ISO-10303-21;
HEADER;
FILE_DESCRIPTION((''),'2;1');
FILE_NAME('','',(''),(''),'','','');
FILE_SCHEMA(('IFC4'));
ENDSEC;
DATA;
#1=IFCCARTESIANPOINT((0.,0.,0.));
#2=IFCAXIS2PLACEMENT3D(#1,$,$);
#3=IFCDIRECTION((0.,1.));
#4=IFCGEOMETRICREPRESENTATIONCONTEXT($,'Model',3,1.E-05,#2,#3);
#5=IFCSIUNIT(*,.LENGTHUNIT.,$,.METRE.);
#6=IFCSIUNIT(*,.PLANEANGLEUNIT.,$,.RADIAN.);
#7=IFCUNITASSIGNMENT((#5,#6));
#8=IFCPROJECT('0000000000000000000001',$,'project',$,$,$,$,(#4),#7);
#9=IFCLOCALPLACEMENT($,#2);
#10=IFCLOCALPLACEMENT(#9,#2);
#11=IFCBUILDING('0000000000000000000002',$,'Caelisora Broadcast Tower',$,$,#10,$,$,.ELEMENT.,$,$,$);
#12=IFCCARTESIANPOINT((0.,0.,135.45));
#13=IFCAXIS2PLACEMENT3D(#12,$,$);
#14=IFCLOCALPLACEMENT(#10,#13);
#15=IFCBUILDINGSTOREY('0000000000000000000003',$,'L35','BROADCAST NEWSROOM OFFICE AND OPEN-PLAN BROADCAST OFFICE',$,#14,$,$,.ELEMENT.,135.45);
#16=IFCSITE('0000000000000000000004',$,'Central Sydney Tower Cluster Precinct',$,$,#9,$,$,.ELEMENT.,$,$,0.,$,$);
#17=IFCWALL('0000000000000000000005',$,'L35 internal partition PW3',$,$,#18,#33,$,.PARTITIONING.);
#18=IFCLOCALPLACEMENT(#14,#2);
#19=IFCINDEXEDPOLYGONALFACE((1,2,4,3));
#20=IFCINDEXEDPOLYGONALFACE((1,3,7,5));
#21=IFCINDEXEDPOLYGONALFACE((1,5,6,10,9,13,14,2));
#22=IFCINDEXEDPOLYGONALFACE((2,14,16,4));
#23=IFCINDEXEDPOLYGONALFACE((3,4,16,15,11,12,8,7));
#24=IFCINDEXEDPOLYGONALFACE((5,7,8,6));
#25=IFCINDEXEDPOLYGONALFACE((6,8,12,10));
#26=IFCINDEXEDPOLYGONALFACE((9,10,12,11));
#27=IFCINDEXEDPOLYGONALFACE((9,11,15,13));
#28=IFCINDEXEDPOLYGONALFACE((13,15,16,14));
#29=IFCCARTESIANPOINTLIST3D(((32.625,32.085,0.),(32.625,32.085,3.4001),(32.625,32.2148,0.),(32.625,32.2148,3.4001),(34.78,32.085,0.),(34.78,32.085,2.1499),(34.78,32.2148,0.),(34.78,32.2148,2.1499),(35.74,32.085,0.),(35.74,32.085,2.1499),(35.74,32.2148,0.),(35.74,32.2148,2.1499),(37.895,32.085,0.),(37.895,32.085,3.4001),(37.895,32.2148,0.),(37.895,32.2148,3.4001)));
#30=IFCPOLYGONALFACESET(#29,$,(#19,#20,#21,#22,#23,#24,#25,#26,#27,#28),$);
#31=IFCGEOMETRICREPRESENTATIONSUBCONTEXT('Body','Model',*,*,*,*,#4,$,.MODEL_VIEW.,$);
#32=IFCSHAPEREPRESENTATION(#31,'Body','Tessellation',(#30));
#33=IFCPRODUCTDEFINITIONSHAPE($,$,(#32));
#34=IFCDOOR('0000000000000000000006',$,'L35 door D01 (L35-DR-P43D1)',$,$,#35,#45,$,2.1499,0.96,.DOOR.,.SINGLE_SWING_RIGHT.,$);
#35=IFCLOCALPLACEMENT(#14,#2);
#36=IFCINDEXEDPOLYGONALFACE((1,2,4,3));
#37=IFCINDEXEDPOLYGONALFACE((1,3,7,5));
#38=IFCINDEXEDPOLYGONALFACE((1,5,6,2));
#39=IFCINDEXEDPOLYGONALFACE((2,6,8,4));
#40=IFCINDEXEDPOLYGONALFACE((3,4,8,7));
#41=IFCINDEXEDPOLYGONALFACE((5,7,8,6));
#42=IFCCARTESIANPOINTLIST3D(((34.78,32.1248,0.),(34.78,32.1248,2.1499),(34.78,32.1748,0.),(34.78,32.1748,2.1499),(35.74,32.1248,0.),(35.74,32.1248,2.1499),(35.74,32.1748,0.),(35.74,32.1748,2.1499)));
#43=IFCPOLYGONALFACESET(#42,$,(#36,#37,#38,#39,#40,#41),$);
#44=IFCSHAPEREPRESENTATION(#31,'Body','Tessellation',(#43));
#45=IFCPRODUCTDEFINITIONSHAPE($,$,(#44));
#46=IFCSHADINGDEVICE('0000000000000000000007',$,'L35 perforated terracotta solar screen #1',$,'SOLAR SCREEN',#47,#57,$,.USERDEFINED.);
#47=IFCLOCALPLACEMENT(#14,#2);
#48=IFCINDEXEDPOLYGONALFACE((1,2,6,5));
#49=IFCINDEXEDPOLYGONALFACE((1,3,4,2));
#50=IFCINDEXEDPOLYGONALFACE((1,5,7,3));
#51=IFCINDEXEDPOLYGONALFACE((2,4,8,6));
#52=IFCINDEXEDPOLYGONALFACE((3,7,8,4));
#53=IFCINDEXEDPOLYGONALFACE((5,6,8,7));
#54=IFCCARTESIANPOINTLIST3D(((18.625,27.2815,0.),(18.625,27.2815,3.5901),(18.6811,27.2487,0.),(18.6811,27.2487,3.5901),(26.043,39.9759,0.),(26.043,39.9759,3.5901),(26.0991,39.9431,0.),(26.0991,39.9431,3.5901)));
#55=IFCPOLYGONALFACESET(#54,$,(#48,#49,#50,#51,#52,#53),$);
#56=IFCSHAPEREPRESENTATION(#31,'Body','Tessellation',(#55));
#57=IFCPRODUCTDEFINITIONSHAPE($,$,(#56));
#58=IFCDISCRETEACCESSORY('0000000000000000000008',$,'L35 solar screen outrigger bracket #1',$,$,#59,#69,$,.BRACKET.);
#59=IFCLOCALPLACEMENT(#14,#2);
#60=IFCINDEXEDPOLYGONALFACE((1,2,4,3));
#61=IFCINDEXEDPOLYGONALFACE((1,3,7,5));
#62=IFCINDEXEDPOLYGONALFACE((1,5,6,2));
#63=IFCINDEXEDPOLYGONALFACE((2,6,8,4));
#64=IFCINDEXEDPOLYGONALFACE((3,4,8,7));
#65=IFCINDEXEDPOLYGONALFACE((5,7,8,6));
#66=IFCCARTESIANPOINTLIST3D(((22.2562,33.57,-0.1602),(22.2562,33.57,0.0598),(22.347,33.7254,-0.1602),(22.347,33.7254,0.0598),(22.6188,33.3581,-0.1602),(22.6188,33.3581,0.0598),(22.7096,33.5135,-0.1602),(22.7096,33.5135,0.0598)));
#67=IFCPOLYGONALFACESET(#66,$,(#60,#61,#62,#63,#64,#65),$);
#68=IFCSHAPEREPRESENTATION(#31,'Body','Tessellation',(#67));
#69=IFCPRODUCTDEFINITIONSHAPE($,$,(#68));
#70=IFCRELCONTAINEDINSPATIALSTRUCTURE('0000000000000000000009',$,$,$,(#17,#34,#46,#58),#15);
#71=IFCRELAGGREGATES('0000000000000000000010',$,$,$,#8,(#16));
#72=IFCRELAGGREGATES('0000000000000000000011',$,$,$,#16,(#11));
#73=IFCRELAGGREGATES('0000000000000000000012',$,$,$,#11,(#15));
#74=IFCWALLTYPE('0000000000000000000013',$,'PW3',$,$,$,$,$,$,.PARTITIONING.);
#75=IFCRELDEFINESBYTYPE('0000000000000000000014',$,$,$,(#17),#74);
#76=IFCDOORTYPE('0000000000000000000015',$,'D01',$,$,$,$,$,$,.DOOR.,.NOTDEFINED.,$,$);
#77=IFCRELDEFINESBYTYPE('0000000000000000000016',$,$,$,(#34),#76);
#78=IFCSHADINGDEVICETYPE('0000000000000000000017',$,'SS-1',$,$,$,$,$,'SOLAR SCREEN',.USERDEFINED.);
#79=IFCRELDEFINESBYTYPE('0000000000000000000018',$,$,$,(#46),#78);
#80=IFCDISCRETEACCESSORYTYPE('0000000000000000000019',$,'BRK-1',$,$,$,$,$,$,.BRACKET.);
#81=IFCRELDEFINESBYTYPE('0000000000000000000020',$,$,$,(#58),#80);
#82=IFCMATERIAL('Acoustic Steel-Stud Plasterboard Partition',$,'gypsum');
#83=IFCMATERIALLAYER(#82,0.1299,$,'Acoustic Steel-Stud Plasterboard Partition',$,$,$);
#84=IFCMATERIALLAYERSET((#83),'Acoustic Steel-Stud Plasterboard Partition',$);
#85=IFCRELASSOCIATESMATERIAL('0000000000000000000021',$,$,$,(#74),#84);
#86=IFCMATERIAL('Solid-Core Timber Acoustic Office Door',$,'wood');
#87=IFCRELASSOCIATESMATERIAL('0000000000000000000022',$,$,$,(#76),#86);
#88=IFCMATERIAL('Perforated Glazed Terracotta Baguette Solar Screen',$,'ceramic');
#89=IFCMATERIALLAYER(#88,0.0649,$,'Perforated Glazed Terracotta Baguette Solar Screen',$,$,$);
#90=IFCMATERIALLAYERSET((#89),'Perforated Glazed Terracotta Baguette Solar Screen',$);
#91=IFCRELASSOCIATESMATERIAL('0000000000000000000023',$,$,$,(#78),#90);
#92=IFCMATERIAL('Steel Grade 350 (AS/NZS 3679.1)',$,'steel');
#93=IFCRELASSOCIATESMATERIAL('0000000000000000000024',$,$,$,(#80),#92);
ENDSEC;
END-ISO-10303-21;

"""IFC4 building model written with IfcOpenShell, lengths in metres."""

from ifc_helpers import new_model, si_unit, direction, frame, frame_2d, origin, origin_2d, place, context, subcontext, project, spatial, rectangle, extrude, source, transform, mapped, material, layer, layer_set, type_object, type_shapes, element, fill, save


model = new_model("IFC4")

# Units and contexts
model_context = context("Model", 3, precision=1e-05, world=origin(), true_north=direction((0.0, 1.0)))
body_context = subcontext(model_context, "Body", "Model", "MODEL_VIEW")
ifc_project = project(units=[si_unit("LENGTHUNIT", "METRE"), si_unit("PLANEANGLEUNIT", "RADIAN")], contexts=[model_context])

# Site, building, storey
site_placement = place(None, origin())
site = spatial("IfcSite", under=ifc_project, at=site_placement, Name="Central Sydney Tower Cluster Precinct", CompositionType="ELEMENT", RefElevation=0.0)
building_placement = place(site_placement, origin())
building = spatial("IfcBuilding", under=site, at=building_placement, Name="Caelisora Broadcast Tower", CompositionType="ELEMENT")
storey_placement = place(building_placement, frame((0.0, 0.0, 135.45)))
storey = spatial("IfcBuildingStorey", under=building, at=storey_placement, Name="L35", Description="BROADCAST NEWSROOM OFFICE AND OPEN-PLAN BROADCAST OFFICE", CompositionType="ELEMENT", Elevation=135.45)

# Shared definitions
ifc_material_1 = material(Name="Steel Grade 350 (AS/NZS 3679.1)", Category="steel")

# Wall, opening, door
ifc_material_2 = material(Name="Acoustic Steel-Stud Plasterboard Partition", Category="gypsum")
ifc_layer_1 = layer(ifc_material_2, 0.1299, Name="Acoustic Steel-Stud Plasterboard Partition")
ifc_layer_set_1 = layer_set([ifc_layer_1], Name="Acoustic Steel-Stud Plasterboard Partition")
wall_type = type_object("IfcWallType", Name="PW3", PredefinedType="PARTITIONING", material=ifc_layer_set_1)
ifc_material_3 = material(Name="Solid-Core Timber Acoustic Office Door", Category="wood")
door_type = type_object("IfcDoorType", Name="D01", OperationType="NOTDEFINED", PredefinedType="DOOR", material=ifc_material_3)
wall_1_placement = place(storey_placement, frame((32.625, 32.1499, 0.0), z_axis=(0.0, 0.0, 1.0), x_axis=(1.0, 0.0, 0.0)))
wall_1 = element("IfcWall", 1, at=wall_1_placement, inside=storey, type_object=wall_type, Name="L35 internal partition PW3", PredefinedType="PARTITIONING", context=body_context, shape_type="SweptSolid", body=[
    extrude(rectangle(XDim=5.27, YDim=0.1299, at=frame_2d((2.635, 0.0))), origin(), (0.0, 0.0, 1.0), 3.4001),
])
opening_1_placement = place(wall_1_placement, frame((2.155, 0.0, 0.0)))
opening_1 = element("IfcOpeningElement", 2, at=opening_1_placement, cuts=wall_1, PredefinedType="OPENING", context=body_context, shape_type="SweptSolid", body=[
    extrude(rectangle(XDim=0.96, YDim=2.1499, at=frame_2d((0.48, 1.075))), frame((0.0, 0.0769, 0.0), z_axis=(0.0, -1.0, 0.0), x_axis=(1.0, 0.0, 0.0)), (0.0, 0.0, 1.0), 0.1538),
])
door_1_placement = place(opening_1_placement, origin())
door_1 = element("IfcDoor", 3, at=door_1_placement, inside=storey, type_object=door_type, Name="L35 door D01 (L35-DR-P43D1)", OperationType="SINGLE_SWING_RIGHT", OverallHeight=2.1499, OverallWidth=0.96, PredefinedType="DOOR", context=body_context, shape_type="SweptSolid", body=[
    extrude(rectangle(XDim=0.96, YDim=2.1499, at=frame_2d((0.48, 1.075))), frame((0.0, 0.0249, 0.0), z_axis=(0.0, -1.0, 0.0), x_axis=(1.0, 0.0, 0.0)), (0.0, 0.0, 1.0), 0.05),
])
fill(opening_1, door_1)

# Shading device
ifc_material_4 = material(Name="Perforated Glazed Terracotta Baguette Solar Screen", Category="ceramic")
ifc_layer_2 = layer(ifc_material_4, 0.0649, Name="Perforated Glazed Terracotta Baguette Solar Screen")
ifc_layer_set_2 = layer_set([ifc_layer_2], Name="Perforated Glazed Terracotta Baguette Solar Screen")
shading_device_type = type_object("IfcShadingDeviceType", Name="SS-1", ElementType="SOLAR SCREEN", PredefinedType="USERDEFINED", material=ifc_layer_set_2)
shared_shape_1 = source(origin(), body_context, "Body", "SweptSolid", [
    extrude(rectangle(XDim=14.7029, YDim=0.0649, at=origin_2d()), origin(), (0.0, 0.0, 1.0), 3.5901),
])
type_shapes(shading_device_type, [shared_shape_1])
shading_device_placement = place(storey_placement, frame((22.3621, 33.6123, 0.0), z_axis=(0.0, 0.0, 1.0), x_axis=(-0.504528, -0.863396, 0.0)))
element("IfcShadingDevice", 4, at=shading_device_placement, inside=storey, type_object=shading_device_type, Name="L35 perforated terracotta solar screen #1", ObjectType="SOLAR SCREEN", PredefinedType="USERDEFINED", context=body_context, shape_type="MappedRepresentation", body=[
    mapped(shared_shape_1, transform((0.0, 0.0, 0.0), scale=1.0)),
])

# Discrete accessory
discrete_accessory_type = type_object("IfcDiscreteAccessoryType", Name="BRK-1", PredefinedType="BRACKET", material=ifc_material_1)
shared_shape_2 = source(origin(), body_context, "Body", "SweptSolid", [
    extrude(rectangle(XDim=0.1799, YDim=0.4199, at=origin_2d()), origin(), (0.0, 0.0, 1.0), 0.22),
])
type_shapes(discrete_accessory_type, [shared_shape_2])
discrete_accessory_placement = place(storey_placement, frame((22.4829, 33.5417, -0.1602), z_axis=(0.0, 0.0, 1.0), x_axis=(-0.504528, -0.863396, 0.0)))
element("IfcDiscreteAccessory", 5, at=discrete_accessory_placement, inside=storey, type_object=discrete_accessory_type, Name="L35 solar screen outrigger bracket #1", PredefinedType="BRACKET", context=body_context, shape_type="MappedRepresentation", body=[
    mapped(shared_shape_2, transform((0.0, 0.0, 0.0), scale=1.0)),
])

save(model, "model.ifc")
